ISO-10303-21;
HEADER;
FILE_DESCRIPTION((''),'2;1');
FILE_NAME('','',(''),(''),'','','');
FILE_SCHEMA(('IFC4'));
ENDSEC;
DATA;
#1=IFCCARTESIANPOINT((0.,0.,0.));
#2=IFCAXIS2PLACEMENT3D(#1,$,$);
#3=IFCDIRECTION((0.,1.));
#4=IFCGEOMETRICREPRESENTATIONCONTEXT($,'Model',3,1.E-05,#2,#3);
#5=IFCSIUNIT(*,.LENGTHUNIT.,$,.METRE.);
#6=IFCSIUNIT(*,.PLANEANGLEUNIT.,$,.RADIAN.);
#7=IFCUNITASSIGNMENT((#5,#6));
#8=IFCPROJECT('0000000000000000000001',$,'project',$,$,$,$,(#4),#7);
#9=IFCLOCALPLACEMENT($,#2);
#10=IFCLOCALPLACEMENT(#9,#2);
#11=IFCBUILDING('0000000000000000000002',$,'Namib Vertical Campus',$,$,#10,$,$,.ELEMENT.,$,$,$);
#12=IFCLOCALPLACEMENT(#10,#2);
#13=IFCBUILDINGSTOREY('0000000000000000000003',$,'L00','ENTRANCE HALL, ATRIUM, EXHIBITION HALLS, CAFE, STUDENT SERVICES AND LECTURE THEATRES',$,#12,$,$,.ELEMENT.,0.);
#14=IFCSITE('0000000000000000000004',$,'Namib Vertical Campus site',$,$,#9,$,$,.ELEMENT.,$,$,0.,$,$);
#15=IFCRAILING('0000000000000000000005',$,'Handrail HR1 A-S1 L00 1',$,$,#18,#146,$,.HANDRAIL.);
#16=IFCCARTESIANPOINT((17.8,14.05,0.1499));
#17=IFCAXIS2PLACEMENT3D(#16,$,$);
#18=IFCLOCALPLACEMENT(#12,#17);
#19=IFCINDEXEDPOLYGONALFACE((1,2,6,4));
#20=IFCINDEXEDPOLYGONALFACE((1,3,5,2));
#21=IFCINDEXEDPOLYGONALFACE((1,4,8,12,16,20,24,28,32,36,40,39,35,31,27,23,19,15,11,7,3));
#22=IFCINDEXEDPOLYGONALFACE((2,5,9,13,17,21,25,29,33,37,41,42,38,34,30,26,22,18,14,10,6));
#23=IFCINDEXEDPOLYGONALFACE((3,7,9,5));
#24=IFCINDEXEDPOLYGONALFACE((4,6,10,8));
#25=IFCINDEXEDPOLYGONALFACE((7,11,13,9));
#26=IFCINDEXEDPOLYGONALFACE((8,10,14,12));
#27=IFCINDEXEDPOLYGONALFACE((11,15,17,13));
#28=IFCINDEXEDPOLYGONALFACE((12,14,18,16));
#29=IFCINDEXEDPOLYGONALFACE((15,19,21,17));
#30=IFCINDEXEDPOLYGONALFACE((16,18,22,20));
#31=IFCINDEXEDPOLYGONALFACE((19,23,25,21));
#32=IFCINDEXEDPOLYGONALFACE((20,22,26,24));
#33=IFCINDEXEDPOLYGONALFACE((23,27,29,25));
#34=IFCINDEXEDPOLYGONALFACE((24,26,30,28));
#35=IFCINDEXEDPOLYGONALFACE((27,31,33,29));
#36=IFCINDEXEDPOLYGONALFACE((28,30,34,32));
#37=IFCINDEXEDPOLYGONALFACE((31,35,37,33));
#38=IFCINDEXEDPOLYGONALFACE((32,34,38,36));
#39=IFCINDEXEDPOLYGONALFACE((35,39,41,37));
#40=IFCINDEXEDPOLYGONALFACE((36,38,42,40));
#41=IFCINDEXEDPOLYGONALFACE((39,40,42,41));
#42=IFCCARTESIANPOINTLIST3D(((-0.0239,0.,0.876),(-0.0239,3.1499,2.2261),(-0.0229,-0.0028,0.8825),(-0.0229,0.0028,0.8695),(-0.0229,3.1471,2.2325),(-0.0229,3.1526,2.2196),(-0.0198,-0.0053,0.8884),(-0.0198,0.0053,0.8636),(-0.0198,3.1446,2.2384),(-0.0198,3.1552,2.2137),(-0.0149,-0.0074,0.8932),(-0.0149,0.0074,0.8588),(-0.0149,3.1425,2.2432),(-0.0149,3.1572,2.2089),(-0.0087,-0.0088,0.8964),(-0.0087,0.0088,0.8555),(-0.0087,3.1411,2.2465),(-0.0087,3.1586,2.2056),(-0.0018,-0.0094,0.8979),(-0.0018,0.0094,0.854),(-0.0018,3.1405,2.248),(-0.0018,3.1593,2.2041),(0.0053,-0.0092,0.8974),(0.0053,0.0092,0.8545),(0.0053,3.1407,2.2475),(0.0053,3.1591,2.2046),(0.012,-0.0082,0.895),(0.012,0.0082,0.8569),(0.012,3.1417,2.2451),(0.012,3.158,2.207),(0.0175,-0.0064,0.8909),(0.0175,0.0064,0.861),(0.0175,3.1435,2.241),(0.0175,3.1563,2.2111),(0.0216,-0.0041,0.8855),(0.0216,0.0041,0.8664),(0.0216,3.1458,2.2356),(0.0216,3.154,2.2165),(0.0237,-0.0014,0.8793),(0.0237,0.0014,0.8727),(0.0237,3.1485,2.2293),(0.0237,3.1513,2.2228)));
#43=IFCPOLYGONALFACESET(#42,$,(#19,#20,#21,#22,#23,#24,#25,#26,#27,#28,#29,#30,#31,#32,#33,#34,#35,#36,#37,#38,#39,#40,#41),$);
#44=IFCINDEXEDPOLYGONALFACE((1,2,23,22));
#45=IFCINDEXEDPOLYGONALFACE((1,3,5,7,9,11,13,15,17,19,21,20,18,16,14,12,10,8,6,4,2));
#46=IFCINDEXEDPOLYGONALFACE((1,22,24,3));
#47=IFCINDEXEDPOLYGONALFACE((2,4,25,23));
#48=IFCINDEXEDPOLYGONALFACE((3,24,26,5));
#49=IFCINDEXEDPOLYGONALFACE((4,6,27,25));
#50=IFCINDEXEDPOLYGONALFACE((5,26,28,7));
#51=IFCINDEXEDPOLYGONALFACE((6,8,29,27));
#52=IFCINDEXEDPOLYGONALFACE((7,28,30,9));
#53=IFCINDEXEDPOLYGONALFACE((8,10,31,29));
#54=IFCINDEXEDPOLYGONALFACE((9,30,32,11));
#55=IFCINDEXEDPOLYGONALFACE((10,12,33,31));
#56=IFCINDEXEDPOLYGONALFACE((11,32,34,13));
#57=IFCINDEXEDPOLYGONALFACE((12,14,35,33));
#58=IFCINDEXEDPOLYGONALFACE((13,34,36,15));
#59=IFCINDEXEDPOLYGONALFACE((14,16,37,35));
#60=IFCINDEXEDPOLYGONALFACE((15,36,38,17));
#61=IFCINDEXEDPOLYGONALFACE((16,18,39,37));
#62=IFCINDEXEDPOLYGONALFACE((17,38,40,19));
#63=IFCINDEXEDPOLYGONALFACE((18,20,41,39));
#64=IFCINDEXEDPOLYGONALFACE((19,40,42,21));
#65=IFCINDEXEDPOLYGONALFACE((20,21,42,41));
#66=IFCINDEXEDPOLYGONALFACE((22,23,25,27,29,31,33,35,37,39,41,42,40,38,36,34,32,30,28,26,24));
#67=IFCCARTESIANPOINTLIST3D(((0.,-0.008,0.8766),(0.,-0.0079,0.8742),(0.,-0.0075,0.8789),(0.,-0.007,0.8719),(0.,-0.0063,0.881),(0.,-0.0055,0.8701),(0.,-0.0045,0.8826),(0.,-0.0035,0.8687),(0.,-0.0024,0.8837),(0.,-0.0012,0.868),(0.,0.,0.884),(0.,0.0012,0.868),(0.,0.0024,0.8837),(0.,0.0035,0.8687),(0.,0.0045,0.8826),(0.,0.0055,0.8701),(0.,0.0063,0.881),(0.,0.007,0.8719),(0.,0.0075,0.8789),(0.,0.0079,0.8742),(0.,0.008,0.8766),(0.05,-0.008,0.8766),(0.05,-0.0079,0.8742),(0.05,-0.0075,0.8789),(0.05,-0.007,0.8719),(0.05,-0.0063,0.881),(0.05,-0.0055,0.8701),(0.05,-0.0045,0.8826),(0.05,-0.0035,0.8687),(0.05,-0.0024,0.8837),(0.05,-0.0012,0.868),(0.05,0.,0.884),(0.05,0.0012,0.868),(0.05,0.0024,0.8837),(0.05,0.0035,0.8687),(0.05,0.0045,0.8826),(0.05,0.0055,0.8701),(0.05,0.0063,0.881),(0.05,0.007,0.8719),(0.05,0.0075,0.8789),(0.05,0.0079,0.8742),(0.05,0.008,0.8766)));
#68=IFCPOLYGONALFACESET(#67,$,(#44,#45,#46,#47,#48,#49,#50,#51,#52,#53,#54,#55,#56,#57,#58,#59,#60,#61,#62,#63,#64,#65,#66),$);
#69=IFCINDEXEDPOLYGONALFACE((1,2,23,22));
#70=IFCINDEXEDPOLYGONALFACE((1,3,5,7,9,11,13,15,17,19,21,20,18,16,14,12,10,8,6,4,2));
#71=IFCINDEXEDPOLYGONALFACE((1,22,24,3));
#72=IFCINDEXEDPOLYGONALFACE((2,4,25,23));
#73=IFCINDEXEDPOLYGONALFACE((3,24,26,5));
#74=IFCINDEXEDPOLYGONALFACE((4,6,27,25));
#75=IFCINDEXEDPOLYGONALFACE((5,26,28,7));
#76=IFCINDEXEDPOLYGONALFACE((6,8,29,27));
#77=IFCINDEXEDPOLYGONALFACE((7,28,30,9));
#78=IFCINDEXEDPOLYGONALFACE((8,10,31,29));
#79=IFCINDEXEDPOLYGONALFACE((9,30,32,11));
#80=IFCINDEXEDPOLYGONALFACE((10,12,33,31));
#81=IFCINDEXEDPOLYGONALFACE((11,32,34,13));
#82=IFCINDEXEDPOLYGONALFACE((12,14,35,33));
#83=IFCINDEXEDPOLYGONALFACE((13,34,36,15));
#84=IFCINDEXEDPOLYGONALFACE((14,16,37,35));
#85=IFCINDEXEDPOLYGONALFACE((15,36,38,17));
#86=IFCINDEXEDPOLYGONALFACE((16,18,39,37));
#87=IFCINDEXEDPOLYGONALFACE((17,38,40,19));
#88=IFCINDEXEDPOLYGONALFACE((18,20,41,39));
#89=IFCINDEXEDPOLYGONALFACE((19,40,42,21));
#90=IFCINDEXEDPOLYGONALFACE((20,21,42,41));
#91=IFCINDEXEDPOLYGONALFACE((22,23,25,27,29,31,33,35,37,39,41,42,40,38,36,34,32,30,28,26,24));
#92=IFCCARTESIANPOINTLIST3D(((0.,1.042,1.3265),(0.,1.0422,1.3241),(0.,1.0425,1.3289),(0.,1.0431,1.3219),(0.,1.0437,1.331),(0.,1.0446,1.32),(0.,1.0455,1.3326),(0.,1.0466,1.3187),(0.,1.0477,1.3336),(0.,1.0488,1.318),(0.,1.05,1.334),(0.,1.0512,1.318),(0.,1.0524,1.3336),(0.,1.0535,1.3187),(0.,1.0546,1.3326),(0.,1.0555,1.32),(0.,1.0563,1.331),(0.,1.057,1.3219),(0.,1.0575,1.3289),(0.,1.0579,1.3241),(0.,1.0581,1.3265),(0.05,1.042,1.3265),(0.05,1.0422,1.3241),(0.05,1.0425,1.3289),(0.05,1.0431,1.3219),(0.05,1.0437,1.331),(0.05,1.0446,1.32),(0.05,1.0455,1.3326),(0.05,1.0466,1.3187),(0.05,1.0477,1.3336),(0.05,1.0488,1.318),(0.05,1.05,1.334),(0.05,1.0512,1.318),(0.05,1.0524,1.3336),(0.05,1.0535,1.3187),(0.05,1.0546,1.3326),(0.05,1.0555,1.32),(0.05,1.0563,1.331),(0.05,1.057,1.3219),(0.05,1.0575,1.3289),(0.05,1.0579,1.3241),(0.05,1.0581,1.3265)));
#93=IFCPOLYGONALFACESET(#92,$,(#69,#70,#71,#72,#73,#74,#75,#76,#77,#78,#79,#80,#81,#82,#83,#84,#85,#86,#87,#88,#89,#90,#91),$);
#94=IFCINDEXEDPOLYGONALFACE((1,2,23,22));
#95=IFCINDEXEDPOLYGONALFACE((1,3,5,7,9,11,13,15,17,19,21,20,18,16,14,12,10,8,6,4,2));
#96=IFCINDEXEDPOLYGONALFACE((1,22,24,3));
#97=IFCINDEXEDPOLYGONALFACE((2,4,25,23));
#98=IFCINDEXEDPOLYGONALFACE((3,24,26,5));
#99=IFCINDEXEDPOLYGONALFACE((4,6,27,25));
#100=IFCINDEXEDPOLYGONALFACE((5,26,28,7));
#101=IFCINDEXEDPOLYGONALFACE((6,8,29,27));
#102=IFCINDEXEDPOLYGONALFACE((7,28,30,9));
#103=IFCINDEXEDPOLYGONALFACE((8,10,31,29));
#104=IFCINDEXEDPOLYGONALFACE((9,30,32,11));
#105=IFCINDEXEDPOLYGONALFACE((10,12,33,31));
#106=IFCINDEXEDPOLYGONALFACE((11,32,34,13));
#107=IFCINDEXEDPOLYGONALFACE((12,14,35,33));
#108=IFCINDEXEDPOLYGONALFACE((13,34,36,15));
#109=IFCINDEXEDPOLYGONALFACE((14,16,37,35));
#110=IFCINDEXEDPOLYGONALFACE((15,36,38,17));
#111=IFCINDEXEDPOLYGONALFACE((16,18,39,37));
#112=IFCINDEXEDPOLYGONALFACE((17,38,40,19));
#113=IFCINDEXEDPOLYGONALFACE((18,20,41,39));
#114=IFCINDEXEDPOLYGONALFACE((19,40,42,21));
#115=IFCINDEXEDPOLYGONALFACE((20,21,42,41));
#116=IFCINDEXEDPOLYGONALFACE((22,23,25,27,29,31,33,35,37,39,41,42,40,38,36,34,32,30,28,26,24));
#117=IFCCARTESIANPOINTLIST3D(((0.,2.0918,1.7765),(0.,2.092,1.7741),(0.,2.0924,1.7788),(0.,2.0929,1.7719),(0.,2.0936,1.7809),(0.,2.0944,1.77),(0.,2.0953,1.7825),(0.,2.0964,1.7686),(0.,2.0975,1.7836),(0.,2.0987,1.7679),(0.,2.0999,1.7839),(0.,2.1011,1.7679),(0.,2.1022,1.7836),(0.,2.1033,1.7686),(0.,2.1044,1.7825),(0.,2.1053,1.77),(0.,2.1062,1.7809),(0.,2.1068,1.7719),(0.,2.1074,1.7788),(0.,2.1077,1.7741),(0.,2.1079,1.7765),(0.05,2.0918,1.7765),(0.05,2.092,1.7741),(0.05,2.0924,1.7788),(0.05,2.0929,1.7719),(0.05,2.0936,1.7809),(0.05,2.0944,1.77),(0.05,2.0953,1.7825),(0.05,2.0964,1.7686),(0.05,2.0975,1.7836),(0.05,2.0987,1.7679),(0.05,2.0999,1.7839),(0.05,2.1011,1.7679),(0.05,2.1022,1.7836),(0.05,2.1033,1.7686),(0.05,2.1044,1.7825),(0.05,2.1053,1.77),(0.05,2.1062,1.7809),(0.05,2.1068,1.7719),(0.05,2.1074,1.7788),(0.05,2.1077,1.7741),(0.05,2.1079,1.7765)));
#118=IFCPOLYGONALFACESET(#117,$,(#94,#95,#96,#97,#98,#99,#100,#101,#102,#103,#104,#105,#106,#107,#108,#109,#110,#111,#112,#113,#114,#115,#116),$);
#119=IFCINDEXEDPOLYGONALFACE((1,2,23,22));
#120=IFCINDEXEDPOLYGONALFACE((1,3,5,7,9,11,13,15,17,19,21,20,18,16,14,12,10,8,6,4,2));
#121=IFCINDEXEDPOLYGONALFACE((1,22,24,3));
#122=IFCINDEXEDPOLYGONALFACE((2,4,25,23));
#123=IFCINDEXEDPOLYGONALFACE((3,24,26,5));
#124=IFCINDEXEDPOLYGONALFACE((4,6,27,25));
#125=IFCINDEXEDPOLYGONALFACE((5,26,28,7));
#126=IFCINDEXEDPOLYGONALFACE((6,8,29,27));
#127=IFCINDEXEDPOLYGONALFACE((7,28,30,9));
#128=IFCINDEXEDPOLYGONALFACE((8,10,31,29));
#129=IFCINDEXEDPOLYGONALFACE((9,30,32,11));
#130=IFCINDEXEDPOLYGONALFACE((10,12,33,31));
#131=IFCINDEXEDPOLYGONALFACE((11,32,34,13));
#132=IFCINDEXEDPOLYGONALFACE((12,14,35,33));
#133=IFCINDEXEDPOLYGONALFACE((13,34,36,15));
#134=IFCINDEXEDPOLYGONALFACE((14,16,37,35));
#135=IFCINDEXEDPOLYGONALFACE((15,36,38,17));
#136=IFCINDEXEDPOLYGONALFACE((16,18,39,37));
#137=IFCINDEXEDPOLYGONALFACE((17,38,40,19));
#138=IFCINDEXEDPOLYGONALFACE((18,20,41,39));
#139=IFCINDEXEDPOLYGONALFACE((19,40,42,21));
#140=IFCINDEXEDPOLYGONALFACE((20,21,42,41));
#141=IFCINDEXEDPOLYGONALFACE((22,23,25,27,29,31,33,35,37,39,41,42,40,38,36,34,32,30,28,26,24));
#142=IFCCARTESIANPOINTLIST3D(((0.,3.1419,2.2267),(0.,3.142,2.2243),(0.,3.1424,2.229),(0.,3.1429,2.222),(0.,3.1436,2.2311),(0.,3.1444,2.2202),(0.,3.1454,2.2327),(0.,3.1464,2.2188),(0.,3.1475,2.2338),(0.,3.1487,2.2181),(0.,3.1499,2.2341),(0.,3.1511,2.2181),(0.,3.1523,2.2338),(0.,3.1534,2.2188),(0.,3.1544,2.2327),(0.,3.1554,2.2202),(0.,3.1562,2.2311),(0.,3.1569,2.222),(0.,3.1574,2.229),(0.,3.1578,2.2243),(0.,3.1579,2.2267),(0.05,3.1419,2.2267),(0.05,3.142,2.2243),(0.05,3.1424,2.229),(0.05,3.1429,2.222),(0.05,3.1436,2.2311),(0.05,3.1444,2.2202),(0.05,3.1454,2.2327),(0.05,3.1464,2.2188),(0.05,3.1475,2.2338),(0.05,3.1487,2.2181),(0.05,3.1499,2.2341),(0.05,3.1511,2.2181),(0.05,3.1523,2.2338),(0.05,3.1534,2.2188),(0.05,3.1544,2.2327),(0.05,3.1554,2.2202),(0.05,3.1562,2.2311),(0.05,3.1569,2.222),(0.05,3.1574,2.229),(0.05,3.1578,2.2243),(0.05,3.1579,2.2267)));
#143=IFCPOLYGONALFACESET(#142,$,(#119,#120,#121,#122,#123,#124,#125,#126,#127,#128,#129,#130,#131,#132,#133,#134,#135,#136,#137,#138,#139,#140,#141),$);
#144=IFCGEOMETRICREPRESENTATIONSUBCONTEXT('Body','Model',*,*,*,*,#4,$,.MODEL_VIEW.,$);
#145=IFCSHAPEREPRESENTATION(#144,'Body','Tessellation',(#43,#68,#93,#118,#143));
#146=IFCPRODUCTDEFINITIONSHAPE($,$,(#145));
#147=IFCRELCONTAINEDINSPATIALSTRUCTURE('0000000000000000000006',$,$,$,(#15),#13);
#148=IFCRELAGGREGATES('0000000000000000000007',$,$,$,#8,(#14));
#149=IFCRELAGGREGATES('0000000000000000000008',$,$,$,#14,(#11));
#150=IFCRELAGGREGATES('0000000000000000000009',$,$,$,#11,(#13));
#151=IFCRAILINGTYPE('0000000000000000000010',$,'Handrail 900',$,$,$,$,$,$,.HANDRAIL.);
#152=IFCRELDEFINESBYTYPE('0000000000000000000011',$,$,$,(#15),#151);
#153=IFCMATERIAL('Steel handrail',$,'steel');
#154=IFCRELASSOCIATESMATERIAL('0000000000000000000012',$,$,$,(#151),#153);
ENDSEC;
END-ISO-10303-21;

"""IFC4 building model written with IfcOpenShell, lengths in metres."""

from ifc_helpers import new_model, si_unit, direction, frame, origin, origin_2d, place, context, subcontext, project, spatial, circle, extrude, material, type_object, element, save


model = new_model("IFC4")

# Units and contexts
model_context = context("Model", 3, precision=1e-05, world=origin(), true_north=direction((0.0, 1.0)))
body_context = subcontext(model_context, "Body", "Model", "MODEL_VIEW")
ifc_project = project(units=[si_unit("LENGTHUNIT", "METRE"), si_unit("PLANEANGLEUNIT", "RADIAN")], contexts=[model_context])

# Site, building, storey
site_placement = place(None, origin())
site = spatial("IfcSite", under=ifc_project, at=site_placement, Name="Namib Vertical Campus site", CompositionType="ELEMENT", RefElevation=0.0)
building_placement = place(site_placement, origin())
building = spatial("IfcBuilding", under=site, at=building_placement, Name="Namib Vertical Campus", CompositionType="ELEMENT")
storey_placement = place(building_placement, origin())
storey = spatial("IfcBuildingStorey", under=building, at=storey_placement, Name="L00", Description="ENTRANCE HALL, ATRIUM, EXHIBITION HALLS, CAFE, STUDENT SERVICES AND LECTURE THEATRES", CompositionType="ELEMENT", Elevation=0.0)

# Railing
ifc_material_1 = material(Name="Steel handrail", Category="steel")
railing_type = type_object("IfcRailingType", Name="Handrail 900", PredefinedType="HANDRAIL", material=ifc_material_1)
railing_1_placement = place(storey_placement, frame((17.8, 14.05, 0.1499)))
element("IfcRailing", 1, at=railing_1_placement, inside=storey, type_object=railing_type, Name="Handrail HR1 A-S1 L00 1", PredefinedType="HANDRAIL", context=body_context, shape_type="SweptSolid", body=[
    extrude(circle(Radius=0.0239, at=origin_2d()), frame((0.0, 0.0, 0.876), z_axis=(0.0, 0.91913, 0.393954), x_axis=(-1.0, 0.0, 0.0)), (0.0, 0.0, 1.0), 3.427),
    extrude(circle(Radius=0.0081, at=origin_2d()), frame((0.0, 0.0, 0.876), z_axis=(1.0, 0.0, 0.0), x_axis=(0.0, 0.0, 1.0)), (0.0, 0.0, 1.0), 0.05),
    extrude(circle(Radius=0.0081, at=origin_2d()), frame((0.0, 1.05, 1.3259), z_axis=(1.0, 0.0, 0.0), x_axis=(0.0, 0.0, 1.0)), (0.0, 0.0, 1.0), 0.05),
    extrude(circle(Radius=0.0081, at=origin_2d()), frame((0.0, 2.0999, 1.7759), z_axis=(1.0, 0.0, 0.0), x_axis=(0.0, 0.0, 1.0)), (0.0, 0.0, 1.0), 0.05),
    extrude(circle(Radius=0.0081, at=origin_2d()), frame((0.0, 3.1499, 2.2261), z_axis=(1.0, 0.0, 0.0), x_axis=(0.0, 0.0, 1.0)), (0.0, 0.0, 1.0), 0.05),
])

save(model, "model.ifc")
